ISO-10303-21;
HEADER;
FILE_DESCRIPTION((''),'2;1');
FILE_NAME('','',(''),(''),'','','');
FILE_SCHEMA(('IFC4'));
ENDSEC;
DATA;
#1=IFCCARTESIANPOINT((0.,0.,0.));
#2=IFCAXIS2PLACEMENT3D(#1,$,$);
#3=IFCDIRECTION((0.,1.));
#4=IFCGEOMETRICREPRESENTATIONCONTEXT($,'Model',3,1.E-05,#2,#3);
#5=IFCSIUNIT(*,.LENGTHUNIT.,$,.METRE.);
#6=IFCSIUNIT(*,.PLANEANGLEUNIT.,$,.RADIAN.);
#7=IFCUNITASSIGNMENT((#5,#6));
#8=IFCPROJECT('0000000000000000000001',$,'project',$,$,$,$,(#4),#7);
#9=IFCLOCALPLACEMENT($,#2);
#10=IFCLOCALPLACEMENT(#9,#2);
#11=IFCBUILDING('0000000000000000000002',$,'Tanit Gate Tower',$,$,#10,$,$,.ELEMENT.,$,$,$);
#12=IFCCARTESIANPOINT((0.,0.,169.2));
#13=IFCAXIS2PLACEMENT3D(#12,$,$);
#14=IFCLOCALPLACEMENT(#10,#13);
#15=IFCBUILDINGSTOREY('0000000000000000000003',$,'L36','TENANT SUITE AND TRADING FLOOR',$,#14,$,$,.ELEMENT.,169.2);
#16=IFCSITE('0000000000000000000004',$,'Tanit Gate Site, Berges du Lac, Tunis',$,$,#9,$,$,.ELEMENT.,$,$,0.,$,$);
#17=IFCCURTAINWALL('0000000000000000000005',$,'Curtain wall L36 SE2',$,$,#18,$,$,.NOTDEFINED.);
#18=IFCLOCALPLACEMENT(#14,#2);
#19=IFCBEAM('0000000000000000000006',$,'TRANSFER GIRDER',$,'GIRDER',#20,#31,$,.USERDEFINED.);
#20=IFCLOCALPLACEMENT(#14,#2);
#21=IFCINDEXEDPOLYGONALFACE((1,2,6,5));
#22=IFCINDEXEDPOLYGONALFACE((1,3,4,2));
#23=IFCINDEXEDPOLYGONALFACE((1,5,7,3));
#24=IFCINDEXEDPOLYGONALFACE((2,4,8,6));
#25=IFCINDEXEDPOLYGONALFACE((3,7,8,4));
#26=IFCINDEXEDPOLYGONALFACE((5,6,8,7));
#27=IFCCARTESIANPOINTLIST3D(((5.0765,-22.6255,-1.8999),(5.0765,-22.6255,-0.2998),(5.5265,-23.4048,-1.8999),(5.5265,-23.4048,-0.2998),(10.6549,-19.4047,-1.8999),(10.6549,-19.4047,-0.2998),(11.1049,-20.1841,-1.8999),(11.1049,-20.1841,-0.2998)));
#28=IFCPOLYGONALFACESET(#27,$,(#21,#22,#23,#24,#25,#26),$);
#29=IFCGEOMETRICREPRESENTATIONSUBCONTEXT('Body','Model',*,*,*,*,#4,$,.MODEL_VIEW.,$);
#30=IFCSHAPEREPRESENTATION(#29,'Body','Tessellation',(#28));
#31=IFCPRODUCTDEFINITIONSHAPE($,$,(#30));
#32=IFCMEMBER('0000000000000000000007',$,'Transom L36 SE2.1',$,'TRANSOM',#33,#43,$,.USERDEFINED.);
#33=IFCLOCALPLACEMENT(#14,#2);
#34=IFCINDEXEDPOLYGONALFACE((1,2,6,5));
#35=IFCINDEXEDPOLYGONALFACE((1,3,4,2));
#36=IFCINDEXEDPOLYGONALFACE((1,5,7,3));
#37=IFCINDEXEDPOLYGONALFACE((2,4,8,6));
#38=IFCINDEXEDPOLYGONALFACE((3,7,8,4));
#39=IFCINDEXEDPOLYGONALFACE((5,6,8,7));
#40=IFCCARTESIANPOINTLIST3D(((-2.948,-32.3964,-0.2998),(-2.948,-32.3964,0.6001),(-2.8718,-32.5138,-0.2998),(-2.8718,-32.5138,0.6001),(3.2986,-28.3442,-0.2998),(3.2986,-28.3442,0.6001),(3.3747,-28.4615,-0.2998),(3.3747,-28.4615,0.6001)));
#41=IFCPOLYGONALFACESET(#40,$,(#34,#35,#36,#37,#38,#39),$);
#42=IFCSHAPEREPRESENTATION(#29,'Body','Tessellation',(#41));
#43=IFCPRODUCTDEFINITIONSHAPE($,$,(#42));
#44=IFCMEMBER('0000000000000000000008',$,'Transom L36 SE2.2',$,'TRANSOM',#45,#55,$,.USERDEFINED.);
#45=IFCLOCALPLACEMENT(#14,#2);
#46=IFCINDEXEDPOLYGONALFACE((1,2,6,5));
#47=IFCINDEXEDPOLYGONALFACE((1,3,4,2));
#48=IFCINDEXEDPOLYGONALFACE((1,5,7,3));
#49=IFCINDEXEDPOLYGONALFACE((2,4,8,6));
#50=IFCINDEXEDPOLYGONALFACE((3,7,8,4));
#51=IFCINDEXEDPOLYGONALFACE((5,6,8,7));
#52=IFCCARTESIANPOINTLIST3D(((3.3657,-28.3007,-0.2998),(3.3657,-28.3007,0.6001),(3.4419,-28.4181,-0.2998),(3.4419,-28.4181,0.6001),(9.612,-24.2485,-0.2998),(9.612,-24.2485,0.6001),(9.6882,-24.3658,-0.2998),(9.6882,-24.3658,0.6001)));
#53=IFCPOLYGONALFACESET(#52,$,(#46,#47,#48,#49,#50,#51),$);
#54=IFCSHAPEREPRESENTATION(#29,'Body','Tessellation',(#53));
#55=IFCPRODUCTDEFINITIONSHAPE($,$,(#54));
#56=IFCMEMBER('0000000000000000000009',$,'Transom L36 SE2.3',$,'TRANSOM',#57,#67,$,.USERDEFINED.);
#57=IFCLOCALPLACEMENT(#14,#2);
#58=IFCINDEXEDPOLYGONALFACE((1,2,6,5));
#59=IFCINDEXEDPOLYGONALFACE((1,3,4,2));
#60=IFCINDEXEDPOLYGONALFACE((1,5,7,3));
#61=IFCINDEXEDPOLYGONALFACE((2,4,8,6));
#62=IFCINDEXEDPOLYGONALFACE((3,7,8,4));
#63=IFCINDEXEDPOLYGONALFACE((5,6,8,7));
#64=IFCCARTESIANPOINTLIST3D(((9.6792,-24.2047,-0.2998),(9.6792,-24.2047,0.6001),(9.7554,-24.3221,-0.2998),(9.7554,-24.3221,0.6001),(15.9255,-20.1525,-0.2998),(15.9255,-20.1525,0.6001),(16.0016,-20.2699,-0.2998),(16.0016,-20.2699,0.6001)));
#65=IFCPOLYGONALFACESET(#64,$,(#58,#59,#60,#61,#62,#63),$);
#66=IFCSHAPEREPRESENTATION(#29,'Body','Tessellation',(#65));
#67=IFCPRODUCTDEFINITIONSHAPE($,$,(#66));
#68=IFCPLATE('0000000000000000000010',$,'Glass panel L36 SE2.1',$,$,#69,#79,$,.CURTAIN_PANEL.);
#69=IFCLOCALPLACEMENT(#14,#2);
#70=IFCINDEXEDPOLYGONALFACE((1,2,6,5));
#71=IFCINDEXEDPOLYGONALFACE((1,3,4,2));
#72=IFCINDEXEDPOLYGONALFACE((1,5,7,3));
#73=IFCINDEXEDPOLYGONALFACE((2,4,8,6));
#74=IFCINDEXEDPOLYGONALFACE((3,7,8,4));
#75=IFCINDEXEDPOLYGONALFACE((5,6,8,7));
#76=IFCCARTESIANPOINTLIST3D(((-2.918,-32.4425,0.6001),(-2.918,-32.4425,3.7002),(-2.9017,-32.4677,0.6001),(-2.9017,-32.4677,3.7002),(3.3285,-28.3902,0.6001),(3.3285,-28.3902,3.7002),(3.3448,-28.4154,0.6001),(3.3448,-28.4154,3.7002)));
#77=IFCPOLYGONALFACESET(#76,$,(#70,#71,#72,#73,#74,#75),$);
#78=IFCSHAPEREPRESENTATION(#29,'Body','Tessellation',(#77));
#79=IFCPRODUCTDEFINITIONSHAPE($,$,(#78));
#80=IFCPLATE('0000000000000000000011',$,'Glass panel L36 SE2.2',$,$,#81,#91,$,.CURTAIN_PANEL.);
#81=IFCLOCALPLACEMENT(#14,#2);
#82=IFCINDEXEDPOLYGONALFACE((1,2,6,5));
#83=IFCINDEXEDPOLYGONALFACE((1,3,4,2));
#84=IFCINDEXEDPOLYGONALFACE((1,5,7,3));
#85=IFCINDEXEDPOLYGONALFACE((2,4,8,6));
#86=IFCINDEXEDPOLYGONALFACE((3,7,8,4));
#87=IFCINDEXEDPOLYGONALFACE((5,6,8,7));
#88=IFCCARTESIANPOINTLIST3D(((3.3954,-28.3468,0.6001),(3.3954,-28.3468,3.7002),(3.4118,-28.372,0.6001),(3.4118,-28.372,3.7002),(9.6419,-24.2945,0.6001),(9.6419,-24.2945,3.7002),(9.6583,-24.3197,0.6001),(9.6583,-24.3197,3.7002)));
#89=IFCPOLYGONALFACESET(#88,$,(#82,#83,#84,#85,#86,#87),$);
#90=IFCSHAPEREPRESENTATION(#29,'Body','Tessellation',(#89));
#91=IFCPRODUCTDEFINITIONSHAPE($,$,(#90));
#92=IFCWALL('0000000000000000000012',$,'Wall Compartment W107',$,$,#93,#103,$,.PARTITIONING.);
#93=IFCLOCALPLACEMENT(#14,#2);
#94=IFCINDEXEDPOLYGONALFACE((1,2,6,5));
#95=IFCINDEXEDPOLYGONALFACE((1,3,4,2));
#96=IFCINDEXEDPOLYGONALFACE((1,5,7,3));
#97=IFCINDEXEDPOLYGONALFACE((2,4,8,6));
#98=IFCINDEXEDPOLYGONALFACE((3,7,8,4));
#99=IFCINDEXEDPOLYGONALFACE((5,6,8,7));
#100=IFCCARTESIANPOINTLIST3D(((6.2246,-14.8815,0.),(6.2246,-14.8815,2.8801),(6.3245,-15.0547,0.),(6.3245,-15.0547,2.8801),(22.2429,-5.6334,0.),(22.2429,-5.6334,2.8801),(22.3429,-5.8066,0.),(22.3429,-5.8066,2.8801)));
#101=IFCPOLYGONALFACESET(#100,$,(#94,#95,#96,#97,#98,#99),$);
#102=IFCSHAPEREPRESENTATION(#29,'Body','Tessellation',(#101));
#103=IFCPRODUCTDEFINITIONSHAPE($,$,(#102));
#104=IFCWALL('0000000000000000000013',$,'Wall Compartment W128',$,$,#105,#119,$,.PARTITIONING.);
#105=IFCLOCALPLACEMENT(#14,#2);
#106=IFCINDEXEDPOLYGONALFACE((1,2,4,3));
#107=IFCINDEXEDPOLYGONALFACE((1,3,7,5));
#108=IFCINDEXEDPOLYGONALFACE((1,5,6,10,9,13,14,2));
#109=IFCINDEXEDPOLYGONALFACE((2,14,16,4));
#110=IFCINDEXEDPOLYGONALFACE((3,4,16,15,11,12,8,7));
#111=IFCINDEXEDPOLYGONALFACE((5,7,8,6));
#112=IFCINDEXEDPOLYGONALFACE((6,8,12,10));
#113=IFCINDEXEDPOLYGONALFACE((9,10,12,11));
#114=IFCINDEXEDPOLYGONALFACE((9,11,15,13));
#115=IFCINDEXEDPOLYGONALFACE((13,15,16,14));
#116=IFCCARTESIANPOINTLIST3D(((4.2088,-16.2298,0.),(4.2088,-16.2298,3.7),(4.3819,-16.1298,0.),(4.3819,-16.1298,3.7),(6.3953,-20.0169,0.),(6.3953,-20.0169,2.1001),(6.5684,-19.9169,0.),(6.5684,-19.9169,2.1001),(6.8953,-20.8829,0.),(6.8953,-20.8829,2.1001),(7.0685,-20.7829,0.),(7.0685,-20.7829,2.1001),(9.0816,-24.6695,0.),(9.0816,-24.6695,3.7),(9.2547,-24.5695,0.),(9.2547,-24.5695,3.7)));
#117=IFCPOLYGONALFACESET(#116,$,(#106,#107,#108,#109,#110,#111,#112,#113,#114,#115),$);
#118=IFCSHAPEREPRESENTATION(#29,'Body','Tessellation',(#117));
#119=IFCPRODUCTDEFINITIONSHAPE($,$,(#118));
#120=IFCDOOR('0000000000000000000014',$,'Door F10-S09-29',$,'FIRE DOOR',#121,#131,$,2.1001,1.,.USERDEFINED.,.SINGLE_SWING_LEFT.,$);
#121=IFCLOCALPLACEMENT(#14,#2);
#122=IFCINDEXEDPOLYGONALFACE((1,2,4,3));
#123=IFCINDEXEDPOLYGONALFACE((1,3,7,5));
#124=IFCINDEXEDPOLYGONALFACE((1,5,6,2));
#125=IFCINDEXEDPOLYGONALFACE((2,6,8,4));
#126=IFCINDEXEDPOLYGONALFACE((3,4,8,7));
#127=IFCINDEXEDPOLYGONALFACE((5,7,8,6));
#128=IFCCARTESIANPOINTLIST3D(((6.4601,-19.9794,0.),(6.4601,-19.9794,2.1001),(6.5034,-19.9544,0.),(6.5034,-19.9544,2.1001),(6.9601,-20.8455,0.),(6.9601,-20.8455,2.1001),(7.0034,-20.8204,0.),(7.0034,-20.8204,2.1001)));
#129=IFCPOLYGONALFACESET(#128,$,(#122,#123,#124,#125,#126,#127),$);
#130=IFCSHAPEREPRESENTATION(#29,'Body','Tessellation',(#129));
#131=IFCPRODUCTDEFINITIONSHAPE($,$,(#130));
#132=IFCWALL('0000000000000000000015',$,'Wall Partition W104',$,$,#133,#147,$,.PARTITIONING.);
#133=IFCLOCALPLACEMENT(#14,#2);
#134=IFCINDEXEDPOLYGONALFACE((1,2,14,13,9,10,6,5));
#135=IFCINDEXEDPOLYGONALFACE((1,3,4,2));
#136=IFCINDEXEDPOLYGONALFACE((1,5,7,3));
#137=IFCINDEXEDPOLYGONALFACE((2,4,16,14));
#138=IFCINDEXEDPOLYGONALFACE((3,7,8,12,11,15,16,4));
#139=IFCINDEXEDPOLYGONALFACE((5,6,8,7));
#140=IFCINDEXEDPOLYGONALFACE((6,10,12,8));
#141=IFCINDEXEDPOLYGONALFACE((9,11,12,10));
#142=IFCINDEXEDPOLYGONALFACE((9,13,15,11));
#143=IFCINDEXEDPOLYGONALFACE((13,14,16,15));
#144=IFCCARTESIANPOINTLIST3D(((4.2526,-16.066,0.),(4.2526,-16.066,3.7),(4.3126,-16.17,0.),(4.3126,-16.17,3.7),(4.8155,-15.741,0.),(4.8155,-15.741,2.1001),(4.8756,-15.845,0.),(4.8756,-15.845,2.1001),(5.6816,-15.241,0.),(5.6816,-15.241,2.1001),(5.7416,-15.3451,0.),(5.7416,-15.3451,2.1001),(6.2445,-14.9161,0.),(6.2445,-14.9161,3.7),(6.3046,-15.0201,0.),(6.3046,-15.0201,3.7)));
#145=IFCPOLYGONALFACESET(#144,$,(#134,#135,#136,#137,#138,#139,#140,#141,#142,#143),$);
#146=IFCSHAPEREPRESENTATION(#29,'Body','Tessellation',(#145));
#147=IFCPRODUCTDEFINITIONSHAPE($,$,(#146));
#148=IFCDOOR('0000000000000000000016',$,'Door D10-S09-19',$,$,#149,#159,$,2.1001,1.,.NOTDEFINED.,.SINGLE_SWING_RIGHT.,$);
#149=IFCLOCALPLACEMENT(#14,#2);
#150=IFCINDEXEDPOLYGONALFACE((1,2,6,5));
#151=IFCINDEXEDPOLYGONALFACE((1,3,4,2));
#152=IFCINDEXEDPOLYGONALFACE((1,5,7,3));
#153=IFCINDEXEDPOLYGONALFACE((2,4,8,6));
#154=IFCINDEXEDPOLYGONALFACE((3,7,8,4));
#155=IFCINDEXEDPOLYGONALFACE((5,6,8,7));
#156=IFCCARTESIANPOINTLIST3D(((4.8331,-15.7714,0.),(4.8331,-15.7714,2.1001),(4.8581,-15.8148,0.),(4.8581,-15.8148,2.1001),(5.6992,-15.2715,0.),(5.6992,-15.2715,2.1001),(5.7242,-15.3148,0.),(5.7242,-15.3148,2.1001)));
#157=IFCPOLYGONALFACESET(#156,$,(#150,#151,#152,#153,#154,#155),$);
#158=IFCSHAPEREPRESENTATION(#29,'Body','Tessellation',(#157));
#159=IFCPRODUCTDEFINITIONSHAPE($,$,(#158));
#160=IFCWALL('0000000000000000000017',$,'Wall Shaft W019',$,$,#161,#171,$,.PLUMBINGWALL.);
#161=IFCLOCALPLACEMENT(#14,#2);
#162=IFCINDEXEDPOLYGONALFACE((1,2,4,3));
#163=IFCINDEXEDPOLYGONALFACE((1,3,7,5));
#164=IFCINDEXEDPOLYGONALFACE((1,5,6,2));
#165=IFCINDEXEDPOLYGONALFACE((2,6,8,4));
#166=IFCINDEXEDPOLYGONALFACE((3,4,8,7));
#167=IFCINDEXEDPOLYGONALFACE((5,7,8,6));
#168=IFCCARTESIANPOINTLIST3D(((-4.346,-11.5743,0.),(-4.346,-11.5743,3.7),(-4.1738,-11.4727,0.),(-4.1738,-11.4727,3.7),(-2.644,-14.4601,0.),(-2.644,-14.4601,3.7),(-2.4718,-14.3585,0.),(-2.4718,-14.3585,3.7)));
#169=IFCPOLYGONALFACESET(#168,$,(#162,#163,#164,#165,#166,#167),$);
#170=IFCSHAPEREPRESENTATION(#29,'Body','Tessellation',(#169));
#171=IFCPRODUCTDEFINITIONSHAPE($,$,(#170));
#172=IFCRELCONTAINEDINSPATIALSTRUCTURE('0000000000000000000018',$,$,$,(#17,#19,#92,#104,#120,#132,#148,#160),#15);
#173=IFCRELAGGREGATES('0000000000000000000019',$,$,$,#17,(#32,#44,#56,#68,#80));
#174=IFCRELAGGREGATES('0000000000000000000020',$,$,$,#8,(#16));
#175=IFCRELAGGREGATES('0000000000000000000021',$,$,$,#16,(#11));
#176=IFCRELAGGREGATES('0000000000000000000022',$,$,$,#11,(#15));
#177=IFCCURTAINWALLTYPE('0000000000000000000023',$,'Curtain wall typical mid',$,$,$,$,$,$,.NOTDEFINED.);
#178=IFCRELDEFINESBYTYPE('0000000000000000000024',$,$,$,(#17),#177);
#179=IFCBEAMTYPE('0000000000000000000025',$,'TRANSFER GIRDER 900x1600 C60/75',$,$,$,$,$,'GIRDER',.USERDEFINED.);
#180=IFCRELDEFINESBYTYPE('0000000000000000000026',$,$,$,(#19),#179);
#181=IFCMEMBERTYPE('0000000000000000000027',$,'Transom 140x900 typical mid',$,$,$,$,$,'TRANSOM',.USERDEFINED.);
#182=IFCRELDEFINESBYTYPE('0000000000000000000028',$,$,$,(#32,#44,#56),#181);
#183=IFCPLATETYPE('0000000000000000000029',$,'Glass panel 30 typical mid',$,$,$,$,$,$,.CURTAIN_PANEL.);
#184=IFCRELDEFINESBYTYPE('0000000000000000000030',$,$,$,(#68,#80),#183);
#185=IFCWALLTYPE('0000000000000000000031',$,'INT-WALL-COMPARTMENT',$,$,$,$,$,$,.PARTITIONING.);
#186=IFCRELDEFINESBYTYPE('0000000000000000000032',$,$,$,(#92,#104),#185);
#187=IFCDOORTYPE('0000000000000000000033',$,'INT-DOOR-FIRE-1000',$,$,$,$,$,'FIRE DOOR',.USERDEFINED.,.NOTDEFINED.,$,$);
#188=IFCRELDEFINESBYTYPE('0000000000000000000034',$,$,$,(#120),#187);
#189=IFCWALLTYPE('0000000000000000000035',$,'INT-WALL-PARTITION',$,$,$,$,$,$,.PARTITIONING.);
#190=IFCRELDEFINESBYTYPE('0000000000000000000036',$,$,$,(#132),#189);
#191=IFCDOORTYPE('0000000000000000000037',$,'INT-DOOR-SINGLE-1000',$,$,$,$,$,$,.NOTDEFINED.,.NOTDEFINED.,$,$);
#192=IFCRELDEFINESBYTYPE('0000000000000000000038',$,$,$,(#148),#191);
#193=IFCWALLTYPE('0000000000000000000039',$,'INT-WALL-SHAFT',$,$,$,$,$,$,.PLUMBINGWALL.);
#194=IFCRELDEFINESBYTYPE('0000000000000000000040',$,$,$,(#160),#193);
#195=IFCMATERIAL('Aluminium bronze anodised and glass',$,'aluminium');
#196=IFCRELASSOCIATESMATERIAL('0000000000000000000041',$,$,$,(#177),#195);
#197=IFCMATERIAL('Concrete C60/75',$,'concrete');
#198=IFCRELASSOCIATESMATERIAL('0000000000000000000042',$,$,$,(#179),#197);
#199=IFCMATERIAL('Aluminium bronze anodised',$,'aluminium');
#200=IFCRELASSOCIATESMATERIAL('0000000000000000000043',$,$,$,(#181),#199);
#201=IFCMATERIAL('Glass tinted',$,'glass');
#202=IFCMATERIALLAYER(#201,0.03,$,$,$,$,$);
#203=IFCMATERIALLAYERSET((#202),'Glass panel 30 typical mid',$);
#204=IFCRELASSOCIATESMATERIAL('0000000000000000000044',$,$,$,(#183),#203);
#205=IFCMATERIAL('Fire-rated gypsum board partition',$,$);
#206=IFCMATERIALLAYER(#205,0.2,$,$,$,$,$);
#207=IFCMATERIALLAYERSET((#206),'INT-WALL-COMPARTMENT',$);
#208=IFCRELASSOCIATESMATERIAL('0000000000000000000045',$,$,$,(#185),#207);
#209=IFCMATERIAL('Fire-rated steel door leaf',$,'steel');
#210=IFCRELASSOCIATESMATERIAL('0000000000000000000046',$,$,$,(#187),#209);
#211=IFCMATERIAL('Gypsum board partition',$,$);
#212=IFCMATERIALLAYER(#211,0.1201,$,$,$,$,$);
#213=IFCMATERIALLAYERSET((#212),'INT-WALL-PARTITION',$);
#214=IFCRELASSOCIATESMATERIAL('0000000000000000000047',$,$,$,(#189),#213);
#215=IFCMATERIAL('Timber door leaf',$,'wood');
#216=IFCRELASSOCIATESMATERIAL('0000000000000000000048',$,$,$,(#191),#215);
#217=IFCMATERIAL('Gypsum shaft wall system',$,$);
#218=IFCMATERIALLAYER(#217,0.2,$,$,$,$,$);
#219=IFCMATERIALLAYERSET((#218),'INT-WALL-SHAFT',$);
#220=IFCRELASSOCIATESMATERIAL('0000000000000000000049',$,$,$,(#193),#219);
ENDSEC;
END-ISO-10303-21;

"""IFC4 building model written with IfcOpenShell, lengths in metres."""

from ifc_helpers import new_model, si_unit, direction, frame, frame_2d, origin, origin_2d, place, context, subcontext, project, spatial, rectangle, extrude, material, layer, layer_set, material_profile, profile_set, type_object, element, fill, aggregate, save


model = new_model("IFC4")

# Units and contexts
model_context = context("Model", 3, precision=1e-05, world=origin(), true_north=direction((0.0, 1.0)))
body_context = subcontext(model_context, "Body", "Model", "MODEL_VIEW")
ifc_project = project(units=[si_unit("LENGTHUNIT", "METRE"), si_unit("PLANEANGLEUNIT", "RADIAN")], contexts=[model_context])

# Site, building, storey
site_placement = place(None, origin())
site = spatial("IfcSite", under=ifc_project, at=site_placement, Name="Tanit Gate Site, Berges du Lac, Tunis", CompositionType="ELEMENT", RefElevation=0.0)
building_placement = place(site_placement, origin())
building = spatial("IfcBuilding", under=site, at=building_placement, Name="Tanit Gate Tower", CompositionType="ELEMENT")
storey_placement = place(building_placement, frame((0.0, 0.0, 169.2)))
storey = spatial("IfcBuildingStorey", under=building, at=storey_placement, Name="L36", Description="TENANT SUITE AND TRADING FLOOR", CompositionType="ELEMENT", Elevation=169.2)

# Curtain wall
ifc_material_1 = material(Name="Aluminium bronze anodised and glass", Category="aluminium")
curtain_wall_type = type_object("IfcCurtainWallType", Name="Curtain wall typical mid", PredefinedType="NOTDEFINED", material=ifc_material_1)
curtain_wall_1_placement = place(storey_placement, origin())
curtain_wall_1 = element("IfcCurtainWall", 1, at=curtain_wall_1_placement, inside=storey, type_object=curtain_wall_type, Name="Curtain wall L36 SE2", PredefinedType="NOTDEFINED")

# Beam
ifc_material_2 = material(Name="Concrete C60/75", Category="concrete")
ifc_material_profile_1 = material_profile(ifc_material_2, rectangle(XDim=0.8999, YDim=1.6001, at=origin_2d()), Name="RC 900x1600")
ifc_profile_set_1 = profile_set([ifc_material_profile_1], Name="Concrete C60/75")
beam_type_1 = type_object("IfcBeamType", Name="TRANSFER GIRDER 900x1600 C60/75", ElementType="GIRDER", PredefinedType="USERDEFINED", material=ifc_profile_set_1)
beam_1_placement = place(storey_placement, frame((5.3015, -23.0151, -1.0999), z_axis=(0.866023, 0.500004, 0.0), x_axis=(-0.500004, 0.866023, 0.0)))
element("IfcBeam", 2, at=beam_1_placement, inside=storey, type_object=beam_type_1, Name="TRANSFER GIRDER", ObjectType="GIRDER", PredefinedType="USERDEFINED", context=body_context, shape_type="SweptSolid", body=[
    extrude(rectangle(XDim=0.8999, YDim=1.6001, at=origin_2d()), origin(), (0.0, 0.0, 1.0), 6.4414),
])

# Members
ifc_material_3 = material(Name="Aluminium bronze anodised", Category="aluminium")
ifc_material_profile_2 = material_profile(ifc_material_3, rectangle(XDim=0.1399, YDim=0.8999, at=origin_2d()), Name="140x900 bronze transom")
ifc_profile_set_2 = profile_set([ifc_material_profile_2], Name="Aluminium bronze anodised")
member_type_1 = type_object("IfcMemberType", Name="Transom 140x900 typical mid", ElementType="TRANSOM", PredefinedType="USERDEFINED", material=ifc_profile_set_2)
member_1_placement = place(storey_placement, frame((-2.9099, -32.4551, 0.1501), z_axis=(0.838936, 0.54423, 0.0), x_axis=(-0.54423, 0.838936, 0.0)))
member_1 = element("IfcMember", 3, at=member_1_placement, type_object=member_type_1, Name="Transom L36 SE2.1", ObjectType="TRANSOM", PredefinedType="USERDEFINED", context=body_context, shape_type="SweptSolid", body=[
    extrude(rectangle(XDim=0.1399, YDim=0.8999, at=origin_2d()), origin(), (0.0, 0.0, 1.0), 7.4458),
])
member_2_placement = place(storey_placement, frame((3.4038, -28.3594, 0.1501), z_axis=(0.838926, 0.544245, 0.0), x_axis=(-0.544245, 0.838926, 0.0)))
member_2 = element("IfcMember", 4, at=member_2_placement, type_object=member_type_1, Name="Transom L36 SE2.2", ObjectType="TRANSOM", PredefinedType="USERDEFINED", context=body_context, shape_type="SweptSolid", body=[
    extrude(rectangle(XDim=0.1399, YDim=0.8999, at=origin_2d()), origin(), (0.0, 0.0, 1.0), 7.4456),
])
member_3_placement = place(storey_placement, frame((9.7173, -24.2634, 0.1501), z_axis=(0.838926, 0.544245, 0.0), x_axis=(-0.544245, 0.838926, 0.0)))
member_3 = element("IfcMember", 5, at=member_3_placement, type_object=member_type_1, Name="Transom L36 SE2.3", ObjectType="TRANSOM", PredefinedType="USERDEFINED", context=body_context, shape_type="SweptSolid", body=[
    extrude(rectangle(XDim=0.1399, YDim=0.8999, at=origin_2d()), origin(), (0.0, 0.0, 1.0), 7.4456),
])

# Plates
ifc_material_4 = material(Name="Glass tinted", Category="glass")
ifc_layer_1 = layer(ifc_material_4, 0.03)
ifc_layer_set_1 = layer_set([ifc_layer_1], Name="Glass panel 30 typical mid")
plate_type = type_object("IfcPlateType", Name="Glass panel 30 typical mid", PredefinedType="CURTAIN_PANEL", material=ifc_layer_set_1)
plate_1_placement = place(storey_placement, frame((0.2134, -30.429, 0.6001), z_axis=(0.0, 0.0, 1.0), x_axis=(0.838927, 0.544243, 0.0)))
plate_1 = element("IfcPlate", 6, at=plate_1_placement, type_object=plate_type, Name="Glass panel L36 SE2.1", PredefinedType="CURTAIN_PANEL", context=body_context, shape_type="SweptSolid", body=[
    extrude(rectangle(XDim=7.4458, YDim=0.03, at=origin_2d()), origin(), (0.0, 0.0, 1.0), 3.1001),
])
plate_2_placement = place(storey_placement, frame((6.5269, -26.3333, 0.6001), z_axis=(0.0, 0.0, 1.0), x_axis=(0.838927, 0.544243, 0.0)))
plate_2 = element("IfcPlate", 7, at=plate_2_placement, type_object=plate_type, Name="Glass panel L36 SE2.2", PredefinedType="CURTAIN_PANEL", context=body_context, shape_type="SweptSolid", body=[
    extrude(rectangle(XDim=7.4458, YDim=0.03, at=origin_2d()), origin(), (0.0, 0.0, 1.0), 3.1001),
])
aggregate(curtain_wall_1, [member_1, member_2, member_3, plate_1, plate_2])

# Wall
ifc_material_5 = material(Name="Fire-rated gypsum board partition")
ifc_layer_2 = layer(ifc_material_5, 0.2)
ifc_layer_set_2 = layer_set([ifc_layer_2], Name="INT-WALL-COMPARTMENT")
wall_type_1 = type_object("IfcWallType", Name="INT-WALL-COMPARTMENT", PredefinedType="PARTITIONING", material=ifc_layer_set_2)
wall_1_placement = place(storey_placement, frame((6.2747, -14.968, 0.0), z_axis=(0.0, 0.0, 1.0), x_axis=(0.866028, 0.499995, 0.0)))
element("IfcWall", 8, at=wall_1_placement, inside=storey, type_object=wall_type_1, Name="Wall Compartment W107", PredefinedType="PARTITIONING", context=body_context, shape_type="SweptSolid", body=[
    extrude(rectangle(XDim=18.4963, YDim=0.2, at=frame_2d((9.248, 0.0))), origin(), (0.0, 0.0, 1.0), 2.8801),
])

# Walls, openings, doors
wall_2_placement = place(storey_placement, frame((4.2954, -16.1799, 0.0), z_axis=(0.0, 0.0, 1.0), x_axis=(0.500011, -0.866019, 0.0)))
wall_2 = element("IfcWall", 9, at=wall_2_placement, inside=storey, type_object=wall_type_1, Name="Wall Compartment W128", PredefinedType="PARTITIONING", context=body_context, shape_type="SweptSolid", body=[
    extrude(rectangle(XDim=9.7454, YDim=0.2, at=frame_2d((4.8726, 0.0))), origin(), (0.0, 0.0, 1.0), 3.7),
])
opening_1_placement = place(wall_2_placement, frame((4.3728, 0.0, 0.0)))
opening_1 = element("IfcOpeningElement", 10, at=opening_1_placement, cuts=wall_2, PredefinedType="OPENING", context=body_context, shape_type="SweptSolid", body=[
    extrude(rectangle(XDim=1.0, YDim=2.1001, at=frame_2d((0.5, 1.05))), frame((0.0, 0.1099, 0.0), z_axis=(0.0, -1.0, 0.0), x_axis=(1.0, 0.0, 0.0)), (0.0, 0.0, 1.0), 0.22),
])
ifc_material_6 = material(Name="Fire-rated steel door leaf", Category="steel")
door_type_1 = type_object("IfcDoorType", Name="INT-DOOR-FIRE-1000", ElementType="FIRE DOOR", OperationType="NOTDEFINED", PredefinedType="USERDEFINED", material=ifc_material_6)
door_1_placement = place(opening_1_placement, origin())
door_1 = element("IfcDoor", 11, at=door_1_placement, inside=storey, type_object=door_type_1, Name="Door F10-S09-29", ObjectType="FIRE DOOR", OperationType="SINGLE_SWING_LEFT", OverallHeight=2.1001, OverallWidth=1.0, PredefinedType="USERDEFINED", context=body_context, shape_type="SweptSolid", body=[
    extrude(rectangle(XDim=1.0, YDim=2.1001, at=frame_2d((0.5, 1.05))), frame((0.0, 0.0249, 0.0), z_axis=(0.0, -1.0, 0.0), x_axis=(1.0, 0.0, 0.0)), (0.0, 0.0, 1.0), 0.05),
])
fill(opening_1, door_1)
ifc_material_7 = material(Name="Gypsum board partition")
ifc_layer_3 = layer(ifc_material_7, 0.1201)
ifc_layer_set_3 = layer_set([ifc_layer_3], Name="INT-WALL-PARTITION")
wall_type_2 = type_object("IfcWallType", Name="INT-WALL-PARTITION", PredefinedType="PARTITIONING", material=ifc_layer_set_3)
wall_3_placement = place(storey_placement, frame((4.2827, -16.1179, 0.0), z_axis=(0.0, 0.0, 1.0), x_axis=(0.866053, 0.499952, 0.0)))
wall_3 = element("IfcWall", 12, at=wall_3_placement, inside=storey, type_object=wall_type_2, Name="Wall Partition W104", PredefinedType="PARTITIONING", context=body_context, shape_type="SweptSolid", body=[
    extrude(rectangle(XDim=2.3, YDim=0.1201, at=frame_2d((1.1499, 0.0))), origin(), (0.0, 0.0, 1.0), 3.7),
])
opening_2_placement = place(wall_3_placement, frame((0.6499, 0.0, 0.0)))
opening_2 = element("IfcOpeningElement", 13, at=opening_2_placement, cuts=wall_3, PredefinedType="OPENING", context=body_context, shape_type="SweptSolid", body=[
    extrude(rectangle(XDim=1.0, YDim=2.1001, at=frame_2d((0.5, 1.05))), frame((0.0, 0.0701, 0.0), z_axis=(0.0, -1.0, 0.0), x_axis=(1.0, 0.0, 0.0)), (0.0, 0.0, 1.0), 0.1401),
])
ifc_material_8 = material(Name="Timber door leaf", Category="wood")
door_type_2 = type_object("IfcDoorType", Name="INT-DOOR-SINGLE-1000", OperationType="NOTDEFINED", PredefinedType="NOTDEFINED", material=ifc_material_8)
door_2_placement = place(opening_2_placement, origin())
door_2 = element("IfcDoor", 14, at=door_2_placement, inside=storey, type_object=door_type_2, Name="Door D10-S09-19", OperationType="SINGLE_SWING_RIGHT", OverallHeight=2.1001, OverallWidth=1.0, PredefinedType="NOTDEFINED", context=body_context, shape_type="SweptSolid", body=[
    extrude(rectangle(XDim=1.0, YDim=2.1001, at=frame_2d((0.5, 1.05))), frame((0.0, 0.0249, 0.0), z_axis=(0.0, -1.0, 0.0), x_axis=(1.0, 0.0, 0.0)), (0.0, 0.0, 1.0), 0.05),
])
fill(opening_2, door_2)

# Wall
ifc_material_9 = material(Name="Gypsum shaft wall system")
ifc_layer_4 = layer(ifc_material_9, 0.2)
ifc_layer_set_4 = layer_set([ifc_layer_4], Name="INT-WALL-SHAFT")
wall_type_3 = type_object("IfcWallType", Name="INT-WALL-SHAFT", PredefinedType="PLUMBINGWALL", material=ifc_layer_set_4)
wall_4_placement = place(storey_placement, frame((-2.5579, -14.4094, 0.0), z_axis=(0.0, 0.0, 1.0), x_axis=(-0.507997, 0.861359, 0.0)))
element("IfcWall", 15, at=wall_4_placement, inside=storey, type_object=wall_type_3, Name="Wall Shaft W019", PredefinedType="PLUMBINGWALL", context=body_context, shape_type="SweptSolid", body=[
    extrude(rectangle(XDim=3.3503, YDim=0.2, at=frame_2d((1.6753, 0.0))), origin(), (0.0, 0.0, 1.0), 3.7),
])

save(model, "model.ifc")
